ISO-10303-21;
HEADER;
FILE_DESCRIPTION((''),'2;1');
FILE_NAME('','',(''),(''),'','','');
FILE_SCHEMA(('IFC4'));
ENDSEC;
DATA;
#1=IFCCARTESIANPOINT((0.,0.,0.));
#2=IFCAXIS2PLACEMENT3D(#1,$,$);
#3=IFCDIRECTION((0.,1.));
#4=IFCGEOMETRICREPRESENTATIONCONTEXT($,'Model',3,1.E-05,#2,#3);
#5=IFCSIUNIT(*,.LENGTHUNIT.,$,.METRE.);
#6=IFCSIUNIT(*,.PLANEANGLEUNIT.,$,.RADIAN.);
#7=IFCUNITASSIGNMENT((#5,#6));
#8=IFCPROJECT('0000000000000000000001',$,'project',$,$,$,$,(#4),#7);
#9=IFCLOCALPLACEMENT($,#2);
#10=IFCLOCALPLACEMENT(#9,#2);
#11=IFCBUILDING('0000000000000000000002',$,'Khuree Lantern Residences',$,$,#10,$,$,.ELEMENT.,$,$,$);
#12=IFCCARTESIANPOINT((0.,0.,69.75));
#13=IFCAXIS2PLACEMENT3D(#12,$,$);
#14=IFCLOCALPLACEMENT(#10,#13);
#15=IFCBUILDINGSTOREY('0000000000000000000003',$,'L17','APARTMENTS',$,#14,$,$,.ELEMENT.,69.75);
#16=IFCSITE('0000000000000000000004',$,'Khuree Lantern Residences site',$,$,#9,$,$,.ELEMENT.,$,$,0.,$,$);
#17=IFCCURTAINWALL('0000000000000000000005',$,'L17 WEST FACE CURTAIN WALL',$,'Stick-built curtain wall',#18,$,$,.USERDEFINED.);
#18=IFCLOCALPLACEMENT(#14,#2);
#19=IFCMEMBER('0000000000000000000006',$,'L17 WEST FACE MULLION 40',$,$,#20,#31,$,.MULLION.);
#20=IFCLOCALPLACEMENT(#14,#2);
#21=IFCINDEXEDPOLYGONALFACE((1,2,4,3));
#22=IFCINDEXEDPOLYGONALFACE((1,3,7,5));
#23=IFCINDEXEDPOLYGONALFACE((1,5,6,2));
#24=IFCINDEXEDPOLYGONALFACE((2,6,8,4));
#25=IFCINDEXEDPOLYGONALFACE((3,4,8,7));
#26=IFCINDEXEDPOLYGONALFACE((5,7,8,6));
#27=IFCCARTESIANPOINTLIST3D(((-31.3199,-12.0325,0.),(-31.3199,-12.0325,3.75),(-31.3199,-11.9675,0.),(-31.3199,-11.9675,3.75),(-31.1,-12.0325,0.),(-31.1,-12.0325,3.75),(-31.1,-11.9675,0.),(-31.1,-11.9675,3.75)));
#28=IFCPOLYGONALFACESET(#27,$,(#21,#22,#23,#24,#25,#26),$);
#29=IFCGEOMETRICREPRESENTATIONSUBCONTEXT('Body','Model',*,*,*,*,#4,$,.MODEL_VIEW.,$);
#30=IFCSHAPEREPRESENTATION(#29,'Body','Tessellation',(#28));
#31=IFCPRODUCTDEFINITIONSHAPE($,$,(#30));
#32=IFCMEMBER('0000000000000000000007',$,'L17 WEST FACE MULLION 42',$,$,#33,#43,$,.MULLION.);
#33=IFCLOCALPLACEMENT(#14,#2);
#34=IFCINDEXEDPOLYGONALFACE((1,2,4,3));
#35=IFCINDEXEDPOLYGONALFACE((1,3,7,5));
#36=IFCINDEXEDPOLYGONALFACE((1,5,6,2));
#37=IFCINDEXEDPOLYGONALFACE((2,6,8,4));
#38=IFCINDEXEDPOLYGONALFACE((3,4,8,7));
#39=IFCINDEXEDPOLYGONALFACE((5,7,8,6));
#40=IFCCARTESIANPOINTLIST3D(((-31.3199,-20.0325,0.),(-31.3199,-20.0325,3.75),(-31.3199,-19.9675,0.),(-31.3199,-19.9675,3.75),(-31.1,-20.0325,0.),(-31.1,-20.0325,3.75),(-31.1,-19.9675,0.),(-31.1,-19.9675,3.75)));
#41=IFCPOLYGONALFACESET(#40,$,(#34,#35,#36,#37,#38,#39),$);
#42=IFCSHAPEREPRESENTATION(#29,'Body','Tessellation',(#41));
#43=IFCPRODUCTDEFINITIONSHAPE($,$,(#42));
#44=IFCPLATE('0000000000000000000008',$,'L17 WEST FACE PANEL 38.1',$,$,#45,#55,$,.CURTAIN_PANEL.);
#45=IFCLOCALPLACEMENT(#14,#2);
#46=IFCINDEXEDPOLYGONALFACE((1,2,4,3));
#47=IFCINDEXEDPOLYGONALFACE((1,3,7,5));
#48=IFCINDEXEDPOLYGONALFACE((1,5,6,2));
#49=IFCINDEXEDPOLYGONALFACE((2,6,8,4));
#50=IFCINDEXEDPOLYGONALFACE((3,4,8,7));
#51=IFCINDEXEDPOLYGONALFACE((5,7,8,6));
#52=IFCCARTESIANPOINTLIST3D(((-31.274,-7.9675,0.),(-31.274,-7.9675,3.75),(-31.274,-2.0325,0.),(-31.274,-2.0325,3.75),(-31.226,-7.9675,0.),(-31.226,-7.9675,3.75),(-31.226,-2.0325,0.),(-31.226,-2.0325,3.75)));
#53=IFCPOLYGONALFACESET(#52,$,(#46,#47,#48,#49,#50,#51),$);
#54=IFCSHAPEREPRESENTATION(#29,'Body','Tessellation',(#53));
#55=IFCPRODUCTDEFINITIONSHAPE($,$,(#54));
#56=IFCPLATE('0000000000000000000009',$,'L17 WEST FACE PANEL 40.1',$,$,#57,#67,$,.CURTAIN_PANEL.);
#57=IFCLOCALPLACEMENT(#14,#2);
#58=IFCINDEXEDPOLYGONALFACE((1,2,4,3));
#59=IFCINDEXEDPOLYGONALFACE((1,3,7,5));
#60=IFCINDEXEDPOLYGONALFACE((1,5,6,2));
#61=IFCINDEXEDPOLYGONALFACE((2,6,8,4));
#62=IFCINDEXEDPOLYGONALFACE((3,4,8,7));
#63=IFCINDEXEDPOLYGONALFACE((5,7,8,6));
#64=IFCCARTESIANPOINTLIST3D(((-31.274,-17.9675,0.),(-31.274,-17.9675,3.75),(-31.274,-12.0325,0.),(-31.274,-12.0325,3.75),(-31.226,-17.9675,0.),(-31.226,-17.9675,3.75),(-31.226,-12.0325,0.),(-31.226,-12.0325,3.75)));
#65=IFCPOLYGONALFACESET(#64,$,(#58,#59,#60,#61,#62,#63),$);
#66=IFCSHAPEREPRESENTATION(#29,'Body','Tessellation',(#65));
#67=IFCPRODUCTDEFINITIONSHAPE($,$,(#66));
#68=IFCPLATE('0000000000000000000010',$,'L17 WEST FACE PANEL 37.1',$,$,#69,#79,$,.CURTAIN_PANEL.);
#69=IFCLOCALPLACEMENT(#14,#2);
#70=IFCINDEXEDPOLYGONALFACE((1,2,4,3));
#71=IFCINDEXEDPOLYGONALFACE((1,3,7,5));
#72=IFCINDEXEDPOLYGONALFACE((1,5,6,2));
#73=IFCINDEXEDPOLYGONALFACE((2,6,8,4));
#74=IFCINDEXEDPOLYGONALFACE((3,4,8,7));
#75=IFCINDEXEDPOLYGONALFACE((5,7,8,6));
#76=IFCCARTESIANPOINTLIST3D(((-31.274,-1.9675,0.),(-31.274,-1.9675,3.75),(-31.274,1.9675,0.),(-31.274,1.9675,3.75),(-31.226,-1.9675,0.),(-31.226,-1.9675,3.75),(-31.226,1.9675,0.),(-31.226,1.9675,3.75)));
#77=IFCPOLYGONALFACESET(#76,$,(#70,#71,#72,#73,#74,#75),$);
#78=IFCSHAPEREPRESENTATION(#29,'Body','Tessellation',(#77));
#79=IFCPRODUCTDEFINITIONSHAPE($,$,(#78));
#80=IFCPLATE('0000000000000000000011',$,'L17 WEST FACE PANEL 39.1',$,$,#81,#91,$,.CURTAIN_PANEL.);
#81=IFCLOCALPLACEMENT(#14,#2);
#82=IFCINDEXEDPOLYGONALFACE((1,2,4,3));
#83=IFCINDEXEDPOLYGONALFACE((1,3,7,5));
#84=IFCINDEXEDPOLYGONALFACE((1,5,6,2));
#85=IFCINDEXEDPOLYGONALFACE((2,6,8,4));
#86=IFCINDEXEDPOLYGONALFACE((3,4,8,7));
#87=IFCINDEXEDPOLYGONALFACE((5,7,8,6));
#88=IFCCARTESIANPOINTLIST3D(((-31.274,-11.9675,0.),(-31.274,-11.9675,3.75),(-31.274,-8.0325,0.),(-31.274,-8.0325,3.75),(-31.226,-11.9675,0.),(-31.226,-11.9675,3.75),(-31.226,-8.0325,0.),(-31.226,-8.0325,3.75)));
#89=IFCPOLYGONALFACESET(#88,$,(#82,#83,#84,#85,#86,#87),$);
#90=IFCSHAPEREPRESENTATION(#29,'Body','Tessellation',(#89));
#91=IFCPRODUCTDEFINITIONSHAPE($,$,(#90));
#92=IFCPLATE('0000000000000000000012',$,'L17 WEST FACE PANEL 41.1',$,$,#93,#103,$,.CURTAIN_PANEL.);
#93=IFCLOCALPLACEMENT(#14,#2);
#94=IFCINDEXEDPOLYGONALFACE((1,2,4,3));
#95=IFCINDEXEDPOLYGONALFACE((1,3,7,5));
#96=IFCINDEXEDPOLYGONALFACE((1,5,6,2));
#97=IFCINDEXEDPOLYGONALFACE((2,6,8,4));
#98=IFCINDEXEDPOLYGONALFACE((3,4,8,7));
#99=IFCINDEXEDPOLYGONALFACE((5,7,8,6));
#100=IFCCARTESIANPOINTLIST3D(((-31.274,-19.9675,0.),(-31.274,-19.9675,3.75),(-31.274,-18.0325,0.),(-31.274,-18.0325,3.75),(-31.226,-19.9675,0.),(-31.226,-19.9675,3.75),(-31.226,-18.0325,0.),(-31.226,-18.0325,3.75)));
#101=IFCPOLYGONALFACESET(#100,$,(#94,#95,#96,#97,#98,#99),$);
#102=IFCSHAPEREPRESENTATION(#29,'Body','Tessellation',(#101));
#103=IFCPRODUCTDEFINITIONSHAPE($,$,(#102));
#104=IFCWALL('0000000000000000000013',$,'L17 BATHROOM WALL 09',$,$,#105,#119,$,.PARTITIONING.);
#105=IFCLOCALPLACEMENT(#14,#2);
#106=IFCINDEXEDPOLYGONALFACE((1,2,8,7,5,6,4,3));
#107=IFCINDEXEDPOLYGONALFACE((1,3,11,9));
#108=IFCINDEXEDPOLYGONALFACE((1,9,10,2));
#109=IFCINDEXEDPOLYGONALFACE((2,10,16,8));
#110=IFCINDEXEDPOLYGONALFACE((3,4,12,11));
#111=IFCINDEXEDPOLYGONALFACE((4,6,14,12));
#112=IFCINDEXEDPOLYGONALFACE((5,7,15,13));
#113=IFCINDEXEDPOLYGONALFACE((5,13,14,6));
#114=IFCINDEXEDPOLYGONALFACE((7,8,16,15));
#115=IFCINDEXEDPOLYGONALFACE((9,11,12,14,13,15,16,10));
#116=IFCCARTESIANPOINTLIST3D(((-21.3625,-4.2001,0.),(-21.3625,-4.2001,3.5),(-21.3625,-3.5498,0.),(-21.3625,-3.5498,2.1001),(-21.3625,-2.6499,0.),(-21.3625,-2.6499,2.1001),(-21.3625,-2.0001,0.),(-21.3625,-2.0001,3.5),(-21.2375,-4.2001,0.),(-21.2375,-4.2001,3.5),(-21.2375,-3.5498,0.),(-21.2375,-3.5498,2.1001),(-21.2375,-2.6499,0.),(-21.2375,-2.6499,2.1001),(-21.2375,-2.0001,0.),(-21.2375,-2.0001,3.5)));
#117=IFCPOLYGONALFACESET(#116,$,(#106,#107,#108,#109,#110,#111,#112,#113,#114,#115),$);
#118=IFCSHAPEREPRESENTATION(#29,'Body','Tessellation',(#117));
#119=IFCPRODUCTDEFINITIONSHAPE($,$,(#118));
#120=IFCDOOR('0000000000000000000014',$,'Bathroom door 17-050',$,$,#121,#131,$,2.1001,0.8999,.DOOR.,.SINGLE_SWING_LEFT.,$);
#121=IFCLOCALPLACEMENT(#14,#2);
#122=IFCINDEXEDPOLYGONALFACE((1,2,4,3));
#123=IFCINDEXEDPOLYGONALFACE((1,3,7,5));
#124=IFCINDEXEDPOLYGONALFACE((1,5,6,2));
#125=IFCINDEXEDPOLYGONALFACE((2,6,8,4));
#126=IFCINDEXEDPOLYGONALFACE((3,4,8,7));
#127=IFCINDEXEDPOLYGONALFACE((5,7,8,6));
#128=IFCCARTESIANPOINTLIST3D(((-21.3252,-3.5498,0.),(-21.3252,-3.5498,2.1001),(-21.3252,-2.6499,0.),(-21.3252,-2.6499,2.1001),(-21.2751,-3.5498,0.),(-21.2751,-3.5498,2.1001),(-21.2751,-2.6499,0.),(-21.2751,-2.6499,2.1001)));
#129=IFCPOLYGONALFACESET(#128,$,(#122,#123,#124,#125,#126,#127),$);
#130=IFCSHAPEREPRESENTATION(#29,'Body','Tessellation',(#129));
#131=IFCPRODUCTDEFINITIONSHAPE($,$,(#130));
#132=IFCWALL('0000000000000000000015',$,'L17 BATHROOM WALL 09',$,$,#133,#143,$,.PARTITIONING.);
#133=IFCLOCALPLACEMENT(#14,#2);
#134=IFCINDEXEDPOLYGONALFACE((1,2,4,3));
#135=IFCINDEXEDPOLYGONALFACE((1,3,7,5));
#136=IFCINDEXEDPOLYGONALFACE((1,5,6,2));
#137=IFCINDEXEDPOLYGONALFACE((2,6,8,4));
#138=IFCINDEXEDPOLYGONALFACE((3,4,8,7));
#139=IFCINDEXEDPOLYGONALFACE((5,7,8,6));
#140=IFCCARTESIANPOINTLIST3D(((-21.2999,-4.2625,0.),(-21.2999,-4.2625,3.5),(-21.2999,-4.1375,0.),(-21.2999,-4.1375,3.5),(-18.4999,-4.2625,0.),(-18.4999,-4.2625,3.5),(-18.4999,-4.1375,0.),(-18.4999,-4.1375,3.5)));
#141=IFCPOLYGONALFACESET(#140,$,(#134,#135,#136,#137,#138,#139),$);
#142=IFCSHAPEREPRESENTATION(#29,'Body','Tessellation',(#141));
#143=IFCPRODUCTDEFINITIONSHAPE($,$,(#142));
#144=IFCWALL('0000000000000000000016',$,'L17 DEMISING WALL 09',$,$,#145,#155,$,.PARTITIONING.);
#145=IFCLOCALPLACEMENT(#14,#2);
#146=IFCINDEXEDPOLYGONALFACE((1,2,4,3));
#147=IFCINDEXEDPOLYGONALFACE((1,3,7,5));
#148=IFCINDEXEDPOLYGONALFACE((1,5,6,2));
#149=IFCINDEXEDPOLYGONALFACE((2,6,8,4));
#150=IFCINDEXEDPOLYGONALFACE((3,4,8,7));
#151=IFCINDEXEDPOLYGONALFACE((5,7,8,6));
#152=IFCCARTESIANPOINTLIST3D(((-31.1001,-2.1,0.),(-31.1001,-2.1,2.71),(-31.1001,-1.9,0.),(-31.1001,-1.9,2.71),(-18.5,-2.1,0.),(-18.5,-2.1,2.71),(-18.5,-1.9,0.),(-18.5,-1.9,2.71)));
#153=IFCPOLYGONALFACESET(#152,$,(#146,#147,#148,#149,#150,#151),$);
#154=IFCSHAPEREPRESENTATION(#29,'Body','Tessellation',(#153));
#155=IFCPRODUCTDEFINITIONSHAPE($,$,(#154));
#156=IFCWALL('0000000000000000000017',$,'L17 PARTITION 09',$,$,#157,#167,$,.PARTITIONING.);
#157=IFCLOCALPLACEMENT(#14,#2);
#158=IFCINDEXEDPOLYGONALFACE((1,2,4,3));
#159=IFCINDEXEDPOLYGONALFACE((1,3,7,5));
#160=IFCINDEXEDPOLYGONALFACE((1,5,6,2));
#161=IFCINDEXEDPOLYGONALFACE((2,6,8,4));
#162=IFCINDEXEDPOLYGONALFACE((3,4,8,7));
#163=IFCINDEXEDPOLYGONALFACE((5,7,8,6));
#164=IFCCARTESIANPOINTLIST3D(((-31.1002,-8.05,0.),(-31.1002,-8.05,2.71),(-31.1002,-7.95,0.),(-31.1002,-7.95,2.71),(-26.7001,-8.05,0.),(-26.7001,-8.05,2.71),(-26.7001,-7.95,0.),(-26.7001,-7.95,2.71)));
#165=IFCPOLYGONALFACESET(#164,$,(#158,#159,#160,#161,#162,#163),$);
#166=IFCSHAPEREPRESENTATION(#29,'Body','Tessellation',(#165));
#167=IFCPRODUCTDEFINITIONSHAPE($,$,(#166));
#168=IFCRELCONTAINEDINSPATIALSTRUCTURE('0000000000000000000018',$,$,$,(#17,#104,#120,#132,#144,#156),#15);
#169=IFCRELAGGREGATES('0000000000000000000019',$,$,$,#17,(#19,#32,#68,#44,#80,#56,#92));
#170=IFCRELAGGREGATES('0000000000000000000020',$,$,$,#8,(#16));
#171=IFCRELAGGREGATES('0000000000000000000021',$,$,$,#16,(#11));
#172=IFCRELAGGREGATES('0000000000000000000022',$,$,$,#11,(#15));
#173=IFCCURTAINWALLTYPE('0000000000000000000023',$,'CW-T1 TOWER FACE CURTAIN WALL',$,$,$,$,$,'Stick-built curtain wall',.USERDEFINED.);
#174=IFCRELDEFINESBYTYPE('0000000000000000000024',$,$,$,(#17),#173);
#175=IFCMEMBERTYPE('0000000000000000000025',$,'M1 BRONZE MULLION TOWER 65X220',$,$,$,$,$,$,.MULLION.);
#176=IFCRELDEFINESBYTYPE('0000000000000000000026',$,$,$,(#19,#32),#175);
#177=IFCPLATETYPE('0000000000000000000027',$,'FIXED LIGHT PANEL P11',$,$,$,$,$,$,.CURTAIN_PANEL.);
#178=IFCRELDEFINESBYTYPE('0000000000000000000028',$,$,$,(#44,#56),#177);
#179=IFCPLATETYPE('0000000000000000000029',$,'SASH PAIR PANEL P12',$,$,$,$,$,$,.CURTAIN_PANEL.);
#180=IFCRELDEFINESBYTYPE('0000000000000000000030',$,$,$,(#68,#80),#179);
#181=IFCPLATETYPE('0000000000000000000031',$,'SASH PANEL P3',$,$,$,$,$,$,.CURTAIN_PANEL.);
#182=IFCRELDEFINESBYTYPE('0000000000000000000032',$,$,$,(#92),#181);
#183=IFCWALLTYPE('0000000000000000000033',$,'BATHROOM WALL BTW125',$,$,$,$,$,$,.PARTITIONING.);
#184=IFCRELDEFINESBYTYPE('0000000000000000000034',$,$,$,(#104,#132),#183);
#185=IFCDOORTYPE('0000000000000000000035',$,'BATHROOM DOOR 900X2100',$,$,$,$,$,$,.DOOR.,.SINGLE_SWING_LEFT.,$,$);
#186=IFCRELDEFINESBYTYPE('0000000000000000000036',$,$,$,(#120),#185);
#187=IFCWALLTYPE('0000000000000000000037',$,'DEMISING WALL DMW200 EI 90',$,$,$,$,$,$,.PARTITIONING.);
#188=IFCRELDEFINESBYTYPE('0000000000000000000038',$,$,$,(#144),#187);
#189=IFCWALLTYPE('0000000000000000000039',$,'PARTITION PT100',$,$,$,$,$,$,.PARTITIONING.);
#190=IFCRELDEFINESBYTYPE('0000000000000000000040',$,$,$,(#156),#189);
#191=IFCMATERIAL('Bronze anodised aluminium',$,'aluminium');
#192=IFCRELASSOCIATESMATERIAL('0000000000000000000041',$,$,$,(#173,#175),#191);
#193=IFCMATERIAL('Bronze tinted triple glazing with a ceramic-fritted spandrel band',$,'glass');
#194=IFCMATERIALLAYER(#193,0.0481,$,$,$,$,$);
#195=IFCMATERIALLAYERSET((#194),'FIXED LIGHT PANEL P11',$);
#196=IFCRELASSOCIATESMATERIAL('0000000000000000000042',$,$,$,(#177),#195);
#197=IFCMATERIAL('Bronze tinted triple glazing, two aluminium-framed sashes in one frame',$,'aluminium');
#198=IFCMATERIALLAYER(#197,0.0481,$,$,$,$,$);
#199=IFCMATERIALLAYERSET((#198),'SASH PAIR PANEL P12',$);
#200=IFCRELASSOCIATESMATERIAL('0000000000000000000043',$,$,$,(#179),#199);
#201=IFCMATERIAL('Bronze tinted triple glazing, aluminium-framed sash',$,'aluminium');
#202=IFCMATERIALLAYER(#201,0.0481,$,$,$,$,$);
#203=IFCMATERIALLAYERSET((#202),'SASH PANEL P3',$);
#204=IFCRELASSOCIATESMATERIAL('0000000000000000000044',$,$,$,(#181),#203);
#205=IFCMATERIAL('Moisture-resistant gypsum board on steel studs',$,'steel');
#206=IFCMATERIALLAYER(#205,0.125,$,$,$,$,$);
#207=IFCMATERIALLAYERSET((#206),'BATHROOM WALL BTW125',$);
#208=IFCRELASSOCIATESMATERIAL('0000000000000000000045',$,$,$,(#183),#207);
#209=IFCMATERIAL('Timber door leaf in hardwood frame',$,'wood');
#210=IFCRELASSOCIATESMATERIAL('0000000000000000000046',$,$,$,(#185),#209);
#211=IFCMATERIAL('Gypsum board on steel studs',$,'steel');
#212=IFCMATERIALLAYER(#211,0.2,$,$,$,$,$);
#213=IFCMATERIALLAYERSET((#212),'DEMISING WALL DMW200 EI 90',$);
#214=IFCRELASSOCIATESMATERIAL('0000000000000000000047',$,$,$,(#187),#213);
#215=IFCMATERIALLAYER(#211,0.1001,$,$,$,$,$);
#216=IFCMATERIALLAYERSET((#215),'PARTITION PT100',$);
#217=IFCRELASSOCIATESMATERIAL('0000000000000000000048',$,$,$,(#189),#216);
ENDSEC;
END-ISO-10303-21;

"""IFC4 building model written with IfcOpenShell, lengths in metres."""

from ifc_helpers import new_model, si_unit, direction, frame, frame_2d, origin, origin_2d, place, context, subcontext, project, spatial, rectangle, extrude, material, layer, layer_set, material_profile, profile_set, type_object, element, fill, aggregate, save


model = new_model("IFC4")

# Units and contexts
model_context = context("Model", 3, precision=1e-05, world=origin(), true_north=direction((0.0, 1.0)))
body_context = subcontext(model_context, "Body", "Model", "MODEL_VIEW")
ifc_project = project(units=[si_unit("LENGTHUNIT", "METRE"), si_unit("PLANEANGLEUNIT", "RADIAN")], contexts=[model_context])

# Site, building, storey
site_placement = place(None, origin())
site = spatial("IfcSite", under=ifc_project, at=site_placement, Name="Khuree Lantern Residences site", CompositionType="ELEMENT", RefElevation=0.0)
building_placement = place(site_placement, origin())
building = spatial("IfcBuilding", under=site, at=building_placement, Name="Khuree Lantern Residences", CompositionType="ELEMENT")
storey_placement = place(building_placement, frame((0.0, 0.0, 69.75)))
storey = spatial("IfcBuildingStorey", under=building, at=storey_placement, Name="L17", Description="APARTMENTS", CompositionType="ELEMENT", Elevation=69.75)

# Curtain wall
ifc_material_1 = material(Name="Bronze anodised aluminium", Category="aluminium")
curtain_wall_type = type_object("IfcCurtainWallType", Name="CW-T1 TOWER FACE CURTAIN WALL", ElementType="Stick-built curtain wall", PredefinedType="USERDEFINED", material=ifc_material_1)
curtain_wall_placement = place(storey_placement, origin())
curtain_wall = element("IfcCurtainWall", 1, at=curtain_wall_placement, inside=storey, type_object=curtain_wall_type, Name="L17 WEST FACE CURTAIN WALL", ObjectType="Stick-built curtain wall", PredefinedType="USERDEFINED")

# Members
ifc_material_profile_1 = material_profile(ifc_material_1, rectangle(XDim=0.0649, YDim=0.22, at=origin_2d()), Name="M1 65X220")
ifc_profile_set_1 = profile_set([ifc_material_profile_1], Name="Bronze anodised aluminium")
member_type_1 = type_object("IfcMemberType", Name="M1 BRONZE MULLION TOWER 65X220", PredefinedType="MULLION", material=ifc_profile_set_1)
member_1_placement = place(storey_placement, frame((-31.21, -12.0, 0.0), z_axis=(0.0, 0.0, 1.0), x_axis=(0.0, -1.0, 0.0)))
member_1 = element("IfcMember", 2, at=member_1_placement, type_object=member_type_1, Name="L17 WEST FACE MULLION 40", PredefinedType="MULLION", context=body_context, shape_type="SweptSolid", body=[
    extrude(rectangle(XDim=0.0649, YDim=0.22, at=origin_2d()), origin(), (0.0, 0.0, 1.0), 3.75),
])
member_2_placement = place(storey_placement, frame((-31.21, -20.0, 0.0), z_axis=(0.0, 0.0, 1.0), x_axis=(0.0, -1.0, 0.0)))
member_2 = element("IfcMember", 3, at=member_2_placement, type_object=member_type_1, Name="L17 WEST FACE MULLION 42", PredefinedType="MULLION", context=body_context, shape_type="SweptSolid", body=[
    extrude(rectangle(XDim=0.0649, YDim=0.22, at=origin_2d()), origin(), (0.0, 0.0, 1.0), 3.75),
])

# Plates
ifc_material_2 = material(Name="Bronze tinted triple glazing with a ceramic-fritted spandrel band", Category="glass")
ifc_layer_1 = layer(ifc_material_2, 0.0481)
ifc_layer_set_1 = layer_set([ifc_layer_1], Name="FIXED LIGHT PANEL P11")
plate_type_1 = type_object("IfcPlateType", Name="FIXED LIGHT PANEL P11", PredefinedType="CURTAIN_PANEL", material=ifc_layer_set_1)
plate_1_placement = place(storey_placement, frame((-31.25, -5.0, 0.0), z_axis=(0.0, 0.0, 1.0), x_axis=(0.0, -1.0, 0.0)))
plate_1 = element("IfcPlate", 4, at=plate_1_placement, type_object=plate_type_1, Name="L17 WEST FACE PANEL 38.1", PredefinedType="CURTAIN_PANEL", context=body_context, shape_type="SweptSolid", body=[
    extrude(rectangle(XDim=5.9351, YDim=0.0481, at=origin_2d()), origin(), (0.0, 0.0, 1.0), 3.75),
])
plate_2_placement = place(storey_placement, frame((-31.25, -15.0, 0.0), z_axis=(0.0, 0.0, 1.0), x_axis=(0.0, -1.0, 0.0)))
plate_2 = element("IfcPlate", 5, at=plate_2_placement, type_object=plate_type_1, Name="L17 WEST FACE PANEL 40.1", PredefinedType="CURTAIN_PANEL", context=body_context, shape_type="SweptSolid", body=[
    extrude(rectangle(XDim=5.9351, YDim=0.0481, at=origin_2d()), origin(), (0.0, 0.0, 1.0), 3.75),
])
ifc_material_3 = material(Name="Bronze tinted triple glazing, two aluminium-framed sashes in one frame", Category="aluminium")
ifc_layer_2 = layer(ifc_material_3, 0.0481)
ifc_layer_set_2 = layer_set([ifc_layer_2], Name="SASH PAIR PANEL P12")
plate_type_2 = type_object("IfcPlateType", Name="SASH PAIR PANEL P12", PredefinedType="CURTAIN_PANEL", material=ifc_layer_set_2)
plate_3_placement = place(storey_placement, frame((-31.25, 0.0, 0.0), z_axis=(0.0, 0.0, 1.0), x_axis=(0.0, -1.0, 0.0)))
plate_3 = element("IfcPlate", 6, at=plate_3_placement, type_object=plate_type_2, Name="L17 WEST FACE PANEL 37.1", PredefinedType="CURTAIN_PANEL", context=body_context, shape_type="SweptSolid", body=[
    extrude(rectangle(XDim=3.9351, YDim=0.0481, at=origin_2d()), origin(), (0.0, 0.0, 1.0), 3.75),
])
plate_4_placement = place(storey_placement, frame((-31.25, -10.0, 0.0), z_axis=(0.0, 0.0, 1.0), x_axis=(0.0, -1.0, 0.0)))
plate_4 = element("IfcPlate", 7, at=plate_4_placement, type_object=plate_type_2, Name="L17 WEST FACE PANEL 39.1", PredefinedType="CURTAIN_PANEL", context=body_context, shape_type="SweptSolid", body=[
    extrude(rectangle(XDim=3.9351, YDim=0.0481, at=origin_2d()), origin(), (0.0, 0.0, 1.0), 3.75),
])
ifc_material_4 = material(Name="Bronze tinted triple glazing, aluminium-framed sash", Category="aluminium")
ifc_layer_3 = layer(ifc_material_4, 0.0481)
ifc_layer_set_3 = layer_set([ifc_layer_3], Name="SASH PANEL P3")
plate_type_3 = type_object("IfcPlateType", Name="SASH PANEL P3", PredefinedType="CURTAIN_PANEL", material=ifc_layer_set_3)
plate_5_placement = place(storey_placement, frame((-31.25, -19.0, 0.0), z_axis=(0.0, 0.0, 1.0), x_axis=(0.0, -1.0, 0.0)))
plate_5 = element("IfcPlate", 8, at=plate_5_placement, type_object=plate_type_3, Name="L17 WEST FACE PANEL 41.1", PredefinedType="CURTAIN_PANEL", context=body_context, shape_type="SweptSolid", body=[
    extrude(rectangle(XDim=1.9351, YDim=0.0481, at=origin_2d()), origin(), (0.0, 0.0, 1.0), 3.75),
])
aggregate(curtain_wall, [member_1, member_2, plate_3, plate_1, plate_4, plate_2, plate_5])

# Wall, opening, door
ifc_material_5 = material(Name="Moisture-resistant gypsum board on steel studs", Category="steel")
ifc_layer_4 = layer(ifc_material_5, 0.125)
ifc_layer_set_4 = layer_set([ifc_layer_4], Name="BATHROOM WALL BTW125")
wall_type_1 = type_object("IfcWallType", Name="BATHROOM WALL BTW125", PredefinedType="PARTITIONING", material=ifc_layer_set_4)
wall_1_placement = place(storey_placement, frame((-21.3, -2.0, 0.0), z_axis=(0.0, 0.0, 1.0), x_axis=(0.0, -1.0, 0.0)))
wall_1 = element("IfcWall", 9, at=wall_1_placement, inside=storey, type_object=wall_type_1, Name="L17 BATHROOM WALL 09", PredefinedType="PARTITIONING", context=body_context, shape_type="SweptSolid", body=[
    extrude(rectangle(XDim=2.2, YDim=0.125, at=frame_2d((1.1001, 0.0))), origin(), (0.0, 0.0, 1.0), 3.5),
])
opening_1_placement = place(wall_1_placement, frame((0.6499, 0.0, 0.0)))
opening_1 = element("IfcOpeningElement", 10, at=opening_1_placement, cuts=wall_1, PredefinedType="OPENING", context=body_context, shape_type="SweptSolid", body=[
    extrude(rectangle(XDim=0.8999, YDim=2.1001, at=frame_2d((0.45, 1.05))), frame((0.0, 0.0725, 0.0), z_axis=(0.0, -1.0, 0.0), x_axis=(1.0, 0.0, 0.0)), (0.0, 0.0, 1.0), 0.145),
])
ifc_material_6 = material(Name="Timber door leaf in hardwood frame", Category="wood")
door_type_1 = type_object("IfcDoorType", Name="BATHROOM DOOR 900X2100", OperationType="SINGLE_SWING_LEFT", PredefinedType="DOOR", material=ifc_material_6)
door_1_placement = place(opening_1_placement, origin())
door_1 = element("IfcDoor", 11, at=door_1_placement, inside=storey, type_object=door_type_1, Name="Bathroom door 17-050", OperationType="SINGLE_SWING_LEFT", OverallHeight=2.1001, OverallWidth=0.8999, PredefinedType="DOOR", context=body_context, shape_type="SweptSolid", body=[
    extrude(rectangle(XDim=0.8999, YDim=2.1001, at=frame_2d((0.45, 1.05))), frame((0.0, 0.0249, 0.0), z_axis=(0.0, -1.0, 0.0), x_axis=(1.0, 0.0, 0.0)), (0.0, 0.0, 1.0), 0.05),
])
fill(opening_1, door_1)

# Walls
wall_2_placement = place(storey_placement, frame((-18.5, -4.2, 0.0), z_axis=(0.0, 0.0, 1.0), x_axis=(-1.0, 0.0, 0.0)))
element("IfcWall", 12, at=wall_2_placement, inside=storey, type_object=wall_type_1, Name="L17 BATHROOM WALL 09", PredefinedType="PARTITIONING", context=body_context, shape_type="SweptSolid", body=[
    extrude(rectangle(XDim=2.8, YDim=0.125, at=frame_2d((1.3999, 0.0))), origin(), (0.0, 0.0, 1.0), 3.5),
])
ifc_material_7 = material(Name="Gypsum board on steel studs", Category="steel")
ifc_layer_5 = layer(ifc_material_7, 0.2)
ifc_layer_set_5 = layer_set([ifc_layer_5], Name="DEMISING WALL DMW200 EI 90")
wall_type_2 = type_object("IfcWallType", Name="DEMISING WALL DMW200 EI 90", PredefinedType="PARTITIONING", material=ifc_layer_set_5)
wall_3_placement = place(storey_placement, frame((-18.5, -2.0, 0.0), z_axis=(0.0, 0.0, 1.0), x_axis=(-1.0, 0.0, 0.0)))
element("IfcWall", 13, at=wall_3_placement, inside=storey, type_object=wall_type_2, Name="L17 DEMISING WALL 09", PredefinedType="PARTITIONING", context=body_context, shape_type="SweptSolid", body=[
    extrude(rectangle(XDim=12.6001, YDim=0.2, at=frame_2d((6.3, 0.0))), origin(), (0.0, 0.0, 1.0), 2.71),
])
ifc_layer_6 = layer(ifc_material_7, 0.1001)
ifc_layer_set_6 = layer_set([ifc_layer_6], Name="PARTITION PT100")
wall_type_3 = type_object("IfcWallType", Name="PARTITION PT100", PredefinedType="PARTITIONING", material=ifc_layer_set_6)
wall_4_placement = place(storey_placement, frame((-26.7, -8.0, 0.0), z_axis=(0.0, 0.0, 1.0), x_axis=(-1.0, 0.0, 0.0)))
element("IfcWall", 14, at=wall_4_placement, inside=storey, type_object=wall_type_3, Name="L17 PARTITION 09", PredefinedType="PARTITIONING", context=body_context, shape_type="SweptSolid", body=[
    extrude(rectangle(XDim=4.4001, YDim=0.1001, at=frame_2d((2.2002, 0.0))), origin(), (0.0, 0.0, 1.0), 2.71),
])

save(model, "model.ifc")
